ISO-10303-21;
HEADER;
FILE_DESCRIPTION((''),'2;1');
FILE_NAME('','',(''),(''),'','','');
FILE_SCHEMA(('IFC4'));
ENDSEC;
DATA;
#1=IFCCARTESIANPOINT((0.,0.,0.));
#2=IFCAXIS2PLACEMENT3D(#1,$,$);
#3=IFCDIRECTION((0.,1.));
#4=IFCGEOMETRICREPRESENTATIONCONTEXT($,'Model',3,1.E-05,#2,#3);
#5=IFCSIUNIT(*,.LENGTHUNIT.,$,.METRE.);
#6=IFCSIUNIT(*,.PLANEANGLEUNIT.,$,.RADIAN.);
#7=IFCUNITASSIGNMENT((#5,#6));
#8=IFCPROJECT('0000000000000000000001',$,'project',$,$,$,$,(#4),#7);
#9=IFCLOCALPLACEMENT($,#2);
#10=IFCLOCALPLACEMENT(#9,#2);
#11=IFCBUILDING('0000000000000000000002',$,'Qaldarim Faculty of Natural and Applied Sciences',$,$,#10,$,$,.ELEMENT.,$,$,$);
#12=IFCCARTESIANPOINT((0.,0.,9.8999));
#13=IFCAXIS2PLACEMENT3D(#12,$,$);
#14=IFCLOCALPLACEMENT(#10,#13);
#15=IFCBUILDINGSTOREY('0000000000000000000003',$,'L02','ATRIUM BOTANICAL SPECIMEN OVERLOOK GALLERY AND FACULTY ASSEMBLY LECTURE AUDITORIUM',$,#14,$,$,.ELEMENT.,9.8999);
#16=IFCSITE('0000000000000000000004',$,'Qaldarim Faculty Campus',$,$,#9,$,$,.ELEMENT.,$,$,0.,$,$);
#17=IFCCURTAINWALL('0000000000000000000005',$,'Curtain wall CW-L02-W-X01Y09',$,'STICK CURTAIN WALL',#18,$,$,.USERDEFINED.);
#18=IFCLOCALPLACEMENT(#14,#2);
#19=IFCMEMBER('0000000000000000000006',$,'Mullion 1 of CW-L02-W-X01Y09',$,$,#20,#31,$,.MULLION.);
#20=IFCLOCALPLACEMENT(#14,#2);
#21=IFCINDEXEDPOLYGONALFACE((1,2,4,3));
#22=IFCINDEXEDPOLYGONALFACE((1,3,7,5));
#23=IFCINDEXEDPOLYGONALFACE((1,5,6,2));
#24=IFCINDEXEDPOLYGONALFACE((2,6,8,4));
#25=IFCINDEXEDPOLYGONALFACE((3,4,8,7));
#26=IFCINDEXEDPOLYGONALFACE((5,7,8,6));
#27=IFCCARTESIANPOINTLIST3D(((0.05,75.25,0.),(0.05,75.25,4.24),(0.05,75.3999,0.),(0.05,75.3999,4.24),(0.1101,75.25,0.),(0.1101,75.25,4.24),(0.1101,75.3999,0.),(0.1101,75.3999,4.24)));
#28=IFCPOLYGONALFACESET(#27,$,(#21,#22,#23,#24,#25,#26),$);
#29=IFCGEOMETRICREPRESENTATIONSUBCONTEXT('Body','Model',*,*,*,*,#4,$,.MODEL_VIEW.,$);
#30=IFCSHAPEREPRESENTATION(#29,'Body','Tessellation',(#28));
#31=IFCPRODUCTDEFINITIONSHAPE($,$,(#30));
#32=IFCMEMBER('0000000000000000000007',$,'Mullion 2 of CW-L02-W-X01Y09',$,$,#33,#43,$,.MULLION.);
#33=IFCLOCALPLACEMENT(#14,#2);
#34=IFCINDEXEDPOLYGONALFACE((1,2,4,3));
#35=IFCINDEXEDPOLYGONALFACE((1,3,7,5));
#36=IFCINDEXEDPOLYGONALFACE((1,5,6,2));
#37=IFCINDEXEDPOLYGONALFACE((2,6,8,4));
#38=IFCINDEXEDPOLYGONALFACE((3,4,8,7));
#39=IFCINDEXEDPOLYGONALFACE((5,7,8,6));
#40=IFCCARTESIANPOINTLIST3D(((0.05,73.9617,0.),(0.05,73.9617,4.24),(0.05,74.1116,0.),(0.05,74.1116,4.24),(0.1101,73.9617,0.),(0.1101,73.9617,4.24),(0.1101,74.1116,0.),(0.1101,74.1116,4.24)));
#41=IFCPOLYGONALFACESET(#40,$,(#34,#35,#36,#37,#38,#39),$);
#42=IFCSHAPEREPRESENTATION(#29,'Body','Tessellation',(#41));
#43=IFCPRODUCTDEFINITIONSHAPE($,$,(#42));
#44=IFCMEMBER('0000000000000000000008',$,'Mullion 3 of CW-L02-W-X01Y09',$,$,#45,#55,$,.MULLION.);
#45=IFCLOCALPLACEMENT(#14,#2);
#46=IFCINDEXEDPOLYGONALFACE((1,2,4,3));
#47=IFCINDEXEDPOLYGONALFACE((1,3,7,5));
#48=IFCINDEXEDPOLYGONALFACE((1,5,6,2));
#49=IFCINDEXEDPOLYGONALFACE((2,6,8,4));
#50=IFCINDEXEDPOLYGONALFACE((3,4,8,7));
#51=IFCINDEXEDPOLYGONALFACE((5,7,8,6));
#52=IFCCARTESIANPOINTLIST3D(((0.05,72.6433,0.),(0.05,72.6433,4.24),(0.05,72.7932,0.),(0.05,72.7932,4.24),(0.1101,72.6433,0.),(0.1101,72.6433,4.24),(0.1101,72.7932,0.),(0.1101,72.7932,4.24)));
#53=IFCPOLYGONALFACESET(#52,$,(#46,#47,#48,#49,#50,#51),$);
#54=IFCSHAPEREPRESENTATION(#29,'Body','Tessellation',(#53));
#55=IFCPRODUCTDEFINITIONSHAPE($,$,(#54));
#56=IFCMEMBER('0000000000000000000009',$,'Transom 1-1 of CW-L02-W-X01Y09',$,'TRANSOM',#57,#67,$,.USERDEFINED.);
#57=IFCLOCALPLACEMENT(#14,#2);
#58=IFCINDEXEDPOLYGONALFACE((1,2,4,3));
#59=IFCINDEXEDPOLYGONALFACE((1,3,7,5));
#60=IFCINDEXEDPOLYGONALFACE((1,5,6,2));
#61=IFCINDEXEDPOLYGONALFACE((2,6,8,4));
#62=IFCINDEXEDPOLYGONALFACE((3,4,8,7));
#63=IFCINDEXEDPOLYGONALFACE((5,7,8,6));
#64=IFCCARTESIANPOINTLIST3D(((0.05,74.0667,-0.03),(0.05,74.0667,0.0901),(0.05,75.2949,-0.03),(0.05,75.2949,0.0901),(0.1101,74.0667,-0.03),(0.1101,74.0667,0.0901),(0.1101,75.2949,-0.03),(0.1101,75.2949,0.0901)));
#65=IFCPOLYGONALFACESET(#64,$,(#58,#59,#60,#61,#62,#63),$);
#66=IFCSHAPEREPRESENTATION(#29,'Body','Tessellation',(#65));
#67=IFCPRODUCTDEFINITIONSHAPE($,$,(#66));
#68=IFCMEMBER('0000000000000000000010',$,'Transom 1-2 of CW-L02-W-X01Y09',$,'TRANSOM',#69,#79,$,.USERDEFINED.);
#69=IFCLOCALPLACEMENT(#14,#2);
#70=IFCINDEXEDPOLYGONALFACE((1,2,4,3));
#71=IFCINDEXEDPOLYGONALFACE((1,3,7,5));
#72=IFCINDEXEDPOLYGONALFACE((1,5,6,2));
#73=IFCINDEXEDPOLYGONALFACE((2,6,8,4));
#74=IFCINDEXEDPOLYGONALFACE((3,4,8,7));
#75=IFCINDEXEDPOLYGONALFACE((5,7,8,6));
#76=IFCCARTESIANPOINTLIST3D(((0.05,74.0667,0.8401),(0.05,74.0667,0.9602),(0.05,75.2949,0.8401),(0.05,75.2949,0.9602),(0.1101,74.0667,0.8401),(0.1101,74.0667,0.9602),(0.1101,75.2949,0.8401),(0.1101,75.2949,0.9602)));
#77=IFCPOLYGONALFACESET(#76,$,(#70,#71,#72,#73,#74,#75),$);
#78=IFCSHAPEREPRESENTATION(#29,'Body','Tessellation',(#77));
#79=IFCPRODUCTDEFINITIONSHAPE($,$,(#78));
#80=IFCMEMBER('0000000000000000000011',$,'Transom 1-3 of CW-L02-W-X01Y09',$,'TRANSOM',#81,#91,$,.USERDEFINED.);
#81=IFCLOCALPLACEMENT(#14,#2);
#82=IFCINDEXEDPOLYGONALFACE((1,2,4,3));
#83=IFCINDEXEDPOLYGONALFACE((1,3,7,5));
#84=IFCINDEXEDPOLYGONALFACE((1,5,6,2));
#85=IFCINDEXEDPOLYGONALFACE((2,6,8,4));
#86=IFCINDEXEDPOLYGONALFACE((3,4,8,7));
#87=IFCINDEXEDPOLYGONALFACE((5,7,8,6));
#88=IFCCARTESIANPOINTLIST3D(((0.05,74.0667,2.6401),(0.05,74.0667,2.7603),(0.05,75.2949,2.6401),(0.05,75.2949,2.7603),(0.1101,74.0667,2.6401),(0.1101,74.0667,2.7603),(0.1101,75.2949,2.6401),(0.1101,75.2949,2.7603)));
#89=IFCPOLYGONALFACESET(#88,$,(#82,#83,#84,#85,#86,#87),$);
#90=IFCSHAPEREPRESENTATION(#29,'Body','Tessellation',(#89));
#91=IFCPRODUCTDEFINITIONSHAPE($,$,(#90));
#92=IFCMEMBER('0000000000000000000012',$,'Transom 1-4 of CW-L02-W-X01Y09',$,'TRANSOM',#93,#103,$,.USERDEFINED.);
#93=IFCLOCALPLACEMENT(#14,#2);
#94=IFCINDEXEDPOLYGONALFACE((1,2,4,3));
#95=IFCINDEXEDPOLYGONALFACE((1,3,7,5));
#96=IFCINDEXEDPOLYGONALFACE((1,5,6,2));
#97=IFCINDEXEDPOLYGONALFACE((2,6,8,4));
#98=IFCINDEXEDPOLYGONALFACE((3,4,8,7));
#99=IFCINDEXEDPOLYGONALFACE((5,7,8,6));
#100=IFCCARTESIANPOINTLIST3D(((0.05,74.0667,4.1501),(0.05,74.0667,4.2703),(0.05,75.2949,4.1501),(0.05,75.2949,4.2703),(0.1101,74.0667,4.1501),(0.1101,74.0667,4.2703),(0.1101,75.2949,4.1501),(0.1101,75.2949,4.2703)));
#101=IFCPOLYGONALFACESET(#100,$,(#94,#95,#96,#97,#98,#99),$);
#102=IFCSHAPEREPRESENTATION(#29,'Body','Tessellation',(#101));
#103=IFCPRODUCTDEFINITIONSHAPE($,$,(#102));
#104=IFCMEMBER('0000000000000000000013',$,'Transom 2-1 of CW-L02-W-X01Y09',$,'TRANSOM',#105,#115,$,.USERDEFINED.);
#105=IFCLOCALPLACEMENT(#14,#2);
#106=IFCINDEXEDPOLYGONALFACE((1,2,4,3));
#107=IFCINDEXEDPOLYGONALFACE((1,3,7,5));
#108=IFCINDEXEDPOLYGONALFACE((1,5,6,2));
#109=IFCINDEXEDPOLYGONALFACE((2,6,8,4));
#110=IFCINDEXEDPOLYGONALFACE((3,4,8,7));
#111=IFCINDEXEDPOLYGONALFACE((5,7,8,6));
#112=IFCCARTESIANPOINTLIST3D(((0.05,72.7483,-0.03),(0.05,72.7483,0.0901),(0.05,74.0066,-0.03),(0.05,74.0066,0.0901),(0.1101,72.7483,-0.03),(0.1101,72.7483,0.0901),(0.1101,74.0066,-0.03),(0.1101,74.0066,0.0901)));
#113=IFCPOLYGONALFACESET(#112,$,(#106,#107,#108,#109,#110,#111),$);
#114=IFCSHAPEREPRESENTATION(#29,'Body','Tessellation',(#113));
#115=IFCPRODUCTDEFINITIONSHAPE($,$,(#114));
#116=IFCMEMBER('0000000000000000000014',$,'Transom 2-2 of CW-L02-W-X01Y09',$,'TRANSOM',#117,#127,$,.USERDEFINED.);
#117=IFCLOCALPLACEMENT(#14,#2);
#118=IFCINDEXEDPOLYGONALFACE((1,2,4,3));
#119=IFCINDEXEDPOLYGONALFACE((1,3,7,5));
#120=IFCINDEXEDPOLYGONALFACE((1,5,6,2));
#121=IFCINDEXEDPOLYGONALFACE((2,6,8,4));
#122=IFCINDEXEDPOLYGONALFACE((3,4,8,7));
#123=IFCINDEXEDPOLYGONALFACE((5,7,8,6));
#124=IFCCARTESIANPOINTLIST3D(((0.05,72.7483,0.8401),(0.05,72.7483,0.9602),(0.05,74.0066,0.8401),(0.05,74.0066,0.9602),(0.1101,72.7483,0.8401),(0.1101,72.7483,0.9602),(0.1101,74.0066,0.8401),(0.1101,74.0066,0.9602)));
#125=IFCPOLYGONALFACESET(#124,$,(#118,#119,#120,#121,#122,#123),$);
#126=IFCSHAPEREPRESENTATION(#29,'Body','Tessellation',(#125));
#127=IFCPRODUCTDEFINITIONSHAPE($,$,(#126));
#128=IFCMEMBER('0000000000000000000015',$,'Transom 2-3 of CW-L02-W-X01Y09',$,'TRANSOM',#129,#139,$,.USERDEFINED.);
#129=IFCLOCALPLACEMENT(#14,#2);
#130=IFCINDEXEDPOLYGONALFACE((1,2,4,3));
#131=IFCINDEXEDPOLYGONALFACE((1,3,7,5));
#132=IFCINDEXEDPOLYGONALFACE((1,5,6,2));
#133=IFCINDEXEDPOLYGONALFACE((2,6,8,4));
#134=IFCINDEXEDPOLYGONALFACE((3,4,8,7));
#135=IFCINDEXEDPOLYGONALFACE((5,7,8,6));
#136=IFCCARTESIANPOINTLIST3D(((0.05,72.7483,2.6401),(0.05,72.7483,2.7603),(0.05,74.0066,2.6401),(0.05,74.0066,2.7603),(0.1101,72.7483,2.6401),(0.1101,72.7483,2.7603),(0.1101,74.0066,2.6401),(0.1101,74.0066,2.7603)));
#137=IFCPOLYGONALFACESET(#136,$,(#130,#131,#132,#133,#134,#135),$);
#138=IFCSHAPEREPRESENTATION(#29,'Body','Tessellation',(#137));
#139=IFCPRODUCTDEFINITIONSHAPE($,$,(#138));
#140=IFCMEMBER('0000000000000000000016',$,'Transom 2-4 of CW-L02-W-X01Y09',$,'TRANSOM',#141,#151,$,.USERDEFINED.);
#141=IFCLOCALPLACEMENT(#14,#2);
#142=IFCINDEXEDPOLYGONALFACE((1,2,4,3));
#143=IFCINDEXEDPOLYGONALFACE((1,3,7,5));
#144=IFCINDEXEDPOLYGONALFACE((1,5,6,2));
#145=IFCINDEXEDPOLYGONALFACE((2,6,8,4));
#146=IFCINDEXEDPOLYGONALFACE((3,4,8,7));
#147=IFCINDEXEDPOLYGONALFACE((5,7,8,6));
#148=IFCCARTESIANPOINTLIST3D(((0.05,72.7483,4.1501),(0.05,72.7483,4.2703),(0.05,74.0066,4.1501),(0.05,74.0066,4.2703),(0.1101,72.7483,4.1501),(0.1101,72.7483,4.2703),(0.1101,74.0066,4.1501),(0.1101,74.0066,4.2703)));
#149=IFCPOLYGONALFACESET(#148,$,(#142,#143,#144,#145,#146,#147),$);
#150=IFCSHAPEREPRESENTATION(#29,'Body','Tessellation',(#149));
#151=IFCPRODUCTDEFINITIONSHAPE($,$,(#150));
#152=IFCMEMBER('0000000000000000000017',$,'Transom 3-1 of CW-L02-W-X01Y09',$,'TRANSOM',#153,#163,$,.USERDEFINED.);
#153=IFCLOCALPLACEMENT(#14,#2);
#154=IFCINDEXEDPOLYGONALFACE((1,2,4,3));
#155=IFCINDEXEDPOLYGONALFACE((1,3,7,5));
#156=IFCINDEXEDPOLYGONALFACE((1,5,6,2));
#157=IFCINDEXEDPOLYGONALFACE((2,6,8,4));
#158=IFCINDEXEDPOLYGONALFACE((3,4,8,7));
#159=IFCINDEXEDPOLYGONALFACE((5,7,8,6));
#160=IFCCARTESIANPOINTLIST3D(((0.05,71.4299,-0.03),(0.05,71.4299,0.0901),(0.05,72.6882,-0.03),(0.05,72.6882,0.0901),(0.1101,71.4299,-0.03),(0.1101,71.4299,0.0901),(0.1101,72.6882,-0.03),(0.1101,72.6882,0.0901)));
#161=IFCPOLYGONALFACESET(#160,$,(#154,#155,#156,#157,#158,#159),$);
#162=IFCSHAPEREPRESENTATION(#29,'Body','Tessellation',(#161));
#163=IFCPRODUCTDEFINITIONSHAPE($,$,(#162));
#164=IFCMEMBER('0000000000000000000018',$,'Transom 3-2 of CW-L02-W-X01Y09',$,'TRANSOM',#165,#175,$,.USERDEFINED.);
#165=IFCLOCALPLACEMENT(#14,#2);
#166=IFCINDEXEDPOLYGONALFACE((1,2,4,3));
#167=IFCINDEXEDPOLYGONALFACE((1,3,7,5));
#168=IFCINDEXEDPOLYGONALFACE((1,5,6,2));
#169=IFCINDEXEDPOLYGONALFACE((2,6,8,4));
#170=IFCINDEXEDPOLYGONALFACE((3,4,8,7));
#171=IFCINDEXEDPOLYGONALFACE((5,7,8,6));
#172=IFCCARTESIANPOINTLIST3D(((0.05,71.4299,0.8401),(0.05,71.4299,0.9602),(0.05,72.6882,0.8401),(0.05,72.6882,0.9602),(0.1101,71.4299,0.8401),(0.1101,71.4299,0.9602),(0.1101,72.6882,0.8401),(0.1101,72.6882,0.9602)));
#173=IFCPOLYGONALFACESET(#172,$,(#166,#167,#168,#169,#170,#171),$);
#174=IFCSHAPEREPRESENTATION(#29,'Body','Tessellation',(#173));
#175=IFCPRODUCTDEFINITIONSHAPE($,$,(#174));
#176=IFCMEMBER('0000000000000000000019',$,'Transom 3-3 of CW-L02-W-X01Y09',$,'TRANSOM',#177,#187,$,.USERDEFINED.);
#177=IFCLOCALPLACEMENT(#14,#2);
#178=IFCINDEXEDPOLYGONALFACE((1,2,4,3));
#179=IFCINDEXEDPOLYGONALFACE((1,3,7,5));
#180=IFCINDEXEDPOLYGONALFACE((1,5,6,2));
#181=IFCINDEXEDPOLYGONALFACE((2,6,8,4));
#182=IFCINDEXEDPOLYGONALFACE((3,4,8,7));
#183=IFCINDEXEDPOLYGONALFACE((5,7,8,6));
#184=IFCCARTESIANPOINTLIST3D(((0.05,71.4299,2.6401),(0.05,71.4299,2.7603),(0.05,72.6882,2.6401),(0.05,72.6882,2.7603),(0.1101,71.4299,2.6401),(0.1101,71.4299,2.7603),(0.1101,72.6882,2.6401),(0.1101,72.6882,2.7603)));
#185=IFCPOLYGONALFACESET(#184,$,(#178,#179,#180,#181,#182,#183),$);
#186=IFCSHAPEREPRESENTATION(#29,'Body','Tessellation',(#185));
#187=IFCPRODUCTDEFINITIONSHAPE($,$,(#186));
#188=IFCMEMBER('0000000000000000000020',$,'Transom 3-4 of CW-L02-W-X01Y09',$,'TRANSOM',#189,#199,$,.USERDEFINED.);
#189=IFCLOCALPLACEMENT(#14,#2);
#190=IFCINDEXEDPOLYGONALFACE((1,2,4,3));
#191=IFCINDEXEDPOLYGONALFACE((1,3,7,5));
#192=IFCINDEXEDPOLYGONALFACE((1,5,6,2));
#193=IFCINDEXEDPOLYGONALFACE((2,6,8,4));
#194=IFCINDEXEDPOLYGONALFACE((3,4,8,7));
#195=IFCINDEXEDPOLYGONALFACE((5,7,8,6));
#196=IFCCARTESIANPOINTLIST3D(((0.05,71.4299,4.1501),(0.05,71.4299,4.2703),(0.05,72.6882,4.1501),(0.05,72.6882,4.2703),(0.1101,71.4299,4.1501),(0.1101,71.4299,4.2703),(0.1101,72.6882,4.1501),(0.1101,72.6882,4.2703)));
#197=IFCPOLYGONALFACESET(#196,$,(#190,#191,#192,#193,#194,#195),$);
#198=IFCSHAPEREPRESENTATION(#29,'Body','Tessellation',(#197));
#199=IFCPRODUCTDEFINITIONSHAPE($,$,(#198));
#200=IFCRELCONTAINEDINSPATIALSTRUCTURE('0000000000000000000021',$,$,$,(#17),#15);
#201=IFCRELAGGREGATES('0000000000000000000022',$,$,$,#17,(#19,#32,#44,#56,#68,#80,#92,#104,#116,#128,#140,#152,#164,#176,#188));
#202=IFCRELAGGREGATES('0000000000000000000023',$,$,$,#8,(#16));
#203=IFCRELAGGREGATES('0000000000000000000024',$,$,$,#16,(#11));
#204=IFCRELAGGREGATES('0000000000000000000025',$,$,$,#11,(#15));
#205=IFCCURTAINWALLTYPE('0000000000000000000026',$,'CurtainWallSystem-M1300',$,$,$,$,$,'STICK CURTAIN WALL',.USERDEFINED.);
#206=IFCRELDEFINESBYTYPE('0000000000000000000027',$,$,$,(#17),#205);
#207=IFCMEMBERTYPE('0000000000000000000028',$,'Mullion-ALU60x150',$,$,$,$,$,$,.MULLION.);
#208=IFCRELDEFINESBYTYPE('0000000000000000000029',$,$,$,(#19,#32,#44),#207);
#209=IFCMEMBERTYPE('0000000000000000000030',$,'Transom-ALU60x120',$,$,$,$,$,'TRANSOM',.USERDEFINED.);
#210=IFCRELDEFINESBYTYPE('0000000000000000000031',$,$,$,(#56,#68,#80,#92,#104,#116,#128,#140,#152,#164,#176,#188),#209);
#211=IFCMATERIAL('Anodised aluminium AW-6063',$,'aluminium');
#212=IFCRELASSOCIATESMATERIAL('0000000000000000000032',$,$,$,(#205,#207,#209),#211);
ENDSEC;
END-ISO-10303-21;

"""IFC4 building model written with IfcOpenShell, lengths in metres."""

from ifc_helpers import new_model, si_unit, direction, frame, origin, origin_2d, place, context, subcontext, project, spatial, rectangle, extrude, material, material_profile, profile_set, type_object, element, aggregate, save


model = new_model("IFC4")

# Units and contexts
model_context = context("Model", 3, precision=1e-05, world=origin(), true_north=direction((0.0, 1.0)))
body_context = subcontext(model_context, "Body", "Model", "MODEL_VIEW")
ifc_project = project(units=[si_unit("LENGTHUNIT", "METRE"), si_unit("PLANEANGLEUNIT", "RADIAN")], contexts=[model_context])

# Site, building, storey
site_placement = place(None, origin())
site = spatial("IfcSite", under=ifc_project, at=site_placement, Name="Qaldarim Faculty Campus", CompositionType="ELEMENT", RefElevation=0.0)
building_placement = place(site_placement, origin())
building = spatial("IfcBuilding", under=site, at=building_placement, Name="Qaldarim Faculty of Natural and Applied Sciences", CompositionType="ELEMENT")
storey_placement = place(building_placement, frame((0.0, 0.0, 9.8999)))
storey = spatial("IfcBuildingStorey", under=building, at=storey_placement, Name="L02", Description="ATRIUM BOTANICAL SPECIMEN OVERLOOK GALLERY AND FACULTY ASSEMBLY LECTURE AUDITORIUM", CompositionType="ELEMENT", Elevation=9.8999)

# Curtain wall, members
ifc_material_1 = material(Name="Anodised aluminium AW-6063", Category="aluminium")
curtain_wall_type = type_object("IfcCurtainWallType", Name="CurtainWallSystem-M1300", ElementType="STICK CURTAIN WALL", PredefinedType="USERDEFINED", material=ifc_material_1)
curtain_wall_placement = place(storey_placement, origin())
curtain_wall = element("IfcCurtainWall", 1, at=curtain_wall_placement, inside=storey, type_object=curtain_wall_type, Name="Curtain wall CW-L02-W-X01Y09", ObjectType="STICK CURTAIN WALL", PredefinedType="USERDEFINED")
ifc_material_profile_1 = material_profile(ifc_material_1, rectangle(XDim=0.0601, YDim=0.1499, at=origin_2d()), Name="ALU-M60x150")
ifc_profile_set_1 = profile_set([ifc_material_profile_1], Name="Anodised aluminium AW-6063")
member_type_1 = type_object("IfcMemberType", Name="Mullion-ALU60x150", PredefinedType="MULLION", material=ifc_profile_set_1)
member_1_placement = place(storey_placement, frame((0.0801, 75.325, 0.0), z_axis=(0.0, 0.0, 1.0), x_axis=(1.0, 0.0, 0.0)))
member_1 = element("IfcMember", 2, at=member_1_placement, type_object=member_type_1, Name="Mullion 1 of CW-L02-W-X01Y09", PredefinedType="MULLION", context=body_context, shape_type="SweptSolid", body=[
    extrude(rectangle(XDim=0.0601, YDim=0.1499, at=origin_2d()), origin(), (0.0, 0.0, 1.0), 4.24),
])
member_2_placement = place(storey_placement, frame((0.0801, 74.0366, 0.0), z_axis=(0.0, 0.0, 1.0), x_axis=(1.0, 0.0, 0.0)))
member_2 = element("IfcMember", 3, at=member_2_placement, type_object=member_type_1, Name="Mullion 2 of CW-L02-W-X01Y09", PredefinedType="MULLION", context=body_context, shape_type="SweptSolid", body=[
    extrude(rectangle(XDim=0.0601, YDim=0.1499, at=origin_2d()), origin(), (0.0, 0.0, 1.0), 4.24),
])
member_3_placement = place(storey_placement, frame((0.0801, 72.7183, 0.0), z_axis=(0.0, 0.0, 1.0), x_axis=(1.0, 0.0, 0.0)))
member_3 = element("IfcMember", 4, at=member_3_placement, type_object=member_type_1, Name="Mullion 3 of CW-L02-W-X01Y09", PredefinedType="MULLION", context=body_context, shape_type="SweptSolid", body=[
    extrude(rectangle(XDim=0.0601, YDim=0.1499, at=origin_2d()), origin(), (0.0, 0.0, 1.0), 4.24),
])
ifc_material_profile_2 = material_profile(ifc_material_1, rectangle(XDim=0.0601, YDim=0.1201, at=origin_2d()), Name="ALU-T60x120")
ifc_profile_set_2 = profile_set([ifc_material_profile_2], Name="Anodised aluminium AW-6063")
member_type_2 = type_object("IfcMemberType", Name="Transom-ALU60x120", ElementType="TRANSOM", PredefinedType="USERDEFINED", material=ifc_profile_set_2)
member_4_placement = place(storey_placement, frame((0.0801, 75.2949, 0.03), z_axis=(0.0, -1.0, 0.0), x_axis=(1.0, 0.0, 0.0)))
member_4 = element("IfcMember", 5, at=member_4_placement, type_object=member_type_2, Name="Transom 1-1 of CW-L02-W-X01Y09", ObjectType="TRANSOM", PredefinedType="USERDEFINED", context=body_context, shape_type="SweptSolid", body=[
    extrude(rectangle(XDim=0.0601, YDim=0.1201, at=origin_2d()), origin(), (0.0, 0.0, 1.0), 1.2283),
])
member_5_placement = place(storey_placement, frame((0.0801, 75.2949, 0.9001), z_axis=(0.0, -1.0, 0.0), x_axis=(1.0, 0.0, 0.0)))
member_5 = element("IfcMember", 6, at=member_5_placement, type_object=member_type_2, Name="Transom 1-2 of CW-L02-W-X01Y09", ObjectType="TRANSOM", PredefinedType="USERDEFINED", context=body_context, shape_type="SweptSolid", body=[
    extrude(rectangle(XDim=0.0601, YDim=0.1201, at=origin_2d()), origin(), (0.0, 0.0, 1.0), 1.2283),
])
member_6_placement = place(storey_placement, frame((0.0801, 75.2949, 2.7002), z_axis=(0.0, -1.0, 0.0), x_axis=(1.0, 0.0, 0.0)))
member_6 = element("IfcMember", 7, at=member_6_placement, type_object=member_type_2, Name="Transom 1-3 of CW-L02-W-X01Y09", ObjectType="TRANSOM", PredefinedType="USERDEFINED", context=body_context, shape_type="SweptSolid", body=[
    extrude(rectangle(XDim=0.0601, YDim=0.1201, at=origin_2d()), origin(), (0.0, 0.0, 1.0), 1.2283),
])
member_7_placement = place(storey_placement, frame((0.0801, 75.2949, 4.2102), z_axis=(0.0, -1.0, 0.0), x_axis=(1.0, 0.0, 0.0)))
member_7 = element("IfcMember", 8, at=member_7_placement, type_object=member_type_2, Name="Transom 1-4 of CW-L02-W-X01Y09", ObjectType="TRANSOM", PredefinedType="USERDEFINED", context=body_context, shape_type="SweptSolid", body=[
    extrude(rectangle(XDim=0.0601, YDim=0.1201, at=origin_2d()), origin(), (0.0, 0.0, 1.0), 1.2283),
])
member_8_placement = place(storey_placement, frame((0.0801, 74.0066, 0.03), z_axis=(0.0, -1.0, 0.0), x_axis=(1.0, 0.0, 0.0)))
member_8 = element("IfcMember", 9, at=member_8_placement, type_object=member_type_2, Name="Transom 2-1 of CW-L02-W-X01Y09", ObjectType="TRANSOM", PredefinedType="USERDEFINED", context=body_context, shape_type="SweptSolid", body=[
    extrude(rectangle(XDim=0.0601, YDim=0.1201, at=origin_2d()), origin(), (0.0, 0.0, 1.0), 1.2583),
])
member_9_placement = place(storey_placement, frame((0.0801, 74.0066, 0.9001), z_axis=(0.0, -1.0, 0.0), x_axis=(1.0, 0.0, 0.0)))
member_9 = element("IfcMember", 10, at=member_9_placement, type_object=member_type_2, Name="Transom 2-2 of CW-L02-W-X01Y09", ObjectType="TRANSOM", PredefinedType="USERDEFINED", context=body_context, shape_type="SweptSolid", body=[
    extrude(rectangle(XDim=0.0601, YDim=0.1201, at=origin_2d()), origin(), (0.0, 0.0, 1.0), 1.2583),
])
member_10_placement = place(storey_placement, frame((0.0801, 74.0066, 2.7002), z_axis=(0.0, -1.0, 0.0), x_axis=(1.0, 0.0, 0.0)))
member_10 = element("IfcMember", 11, at=member_10_placement, type_object=member_type_2, Name="Transom 2-3 of CW-L02-W-X01Y09", ObjectType="TRANSOM", PredefinedType="USERDEFINED", context=body_context, shape_type="SweptSolid", body=[
    extrude(rectangle(XDim=0.0601, YDim=0.1201, at=origin_2d()), origin(), (0.0, 0.0, 1.0), 1.2583),
])
member_11_placement = place(storey_placement, frame((0.0801, 74.0066, 4.2102), z_axis=(0.0, -1.0, 0.0), x_axis=(1.0, 0.0, 0.0)))
member_11 = element("IfcMember", 12, at=member_11_placement, type_object=member_type_2, Name="Transom 2-4 of CW-L02-W-X01Y09", ObjectType="TRANSOM", PredefinedType="USERDEFINED", context=body_context, shape_type="SweptSolid", body=[
    extrude(rectangle(XDim=0.0601, YDim=0.1201, at=origin_2d()), origin(), (0.0, 0.0, 1.0), 1.2583),
])
member_12_placement = place(storey_placement, frame((0.0801, 72.6882, 0.03), z_axis=(0.0, -1.0, 0.0), x_axis=(1.0, 0.0, 0.0)))
member_12 = element("IfcMember", 13, at=member_12_placement, type_object=member_type_2, Name="Transom 3-1 of CW-L02-W-X01Y09", ObjectType="TRANSOM", PredefinedType="USERDEFINED", context=body_context, shape_type="SweptSolid", body=[
    extrude(rectangle(XDim=0.0601, YDim=0.1201, at=origin_2d()), origin(), (0.0, 0.0, 1.0), 1.2583),
])
member_13_placement = place(storey_placement, frame((0.0801, 72.6882, 0.9001), z_axis=(0.0, -1.0, 0.0), x_axis=(1.0, 0.0, 0.0)))
member_13 = element("IfcMember", 14, at=member_13_placement, type_object=member_type_2, Name="Transom 3-2 of CW-L02-W-X01Y09", ObjectType="TRANSOM", PredefinedType="USERDEFINED", context=body_context, shape_type="SweptSolid", body=[
    extrude(rectangle(XDim=0.0601, YDim=0.1201, at=origin_2d()), origin(), (0.0, 0.0, 1.0), 1.2583),
])
member_14_placement = place(storey_placement, frame((0.0801, 72.6882, 2.7002), z_axis=(0.0, -1.0, 0.0), x_axis=(1.0, 0.0, 0.0)))
member_14 = element("IfcMember", 15, at=member_14_placement, type_object=member_type_2, Name="Transom 3-3 of CW-L02-W-X01Y09", ObjectType="TRANSOM", PredefinedType="USERDEFINED", context=body_context, shape_type="SweptSolid", body=[
    extrude(rectangle(XDim=0.0601, YDim=0.1201, at=origin_2d()), origin(), (0.0, 0.0, 1.0), 1.2583),
])
member_15_placement = place(storey_placement, frame((0.0801, 72.6882, 4.2102), z_axis=(0.0, -1.0, 0.0), x_axis=(1.0, 0.0, 0.0)))
member_15 = element("IfcMember", 16, at=member_15_placement, type_object=member_type_2, Name="Transom 3-4 of CW-L02-W-X01Y09", ObjectType="TRANSOM", PredefinedType="USERDEFINED", context=body_context, shape_type="SweptSolid", body=[
    extrude(rectangle(XDim=0.0601, YDim=0.1201, at=origin_2d()), origin(), (0.0, 0.0, 1.0), 1.2583),
])
aggregate(curtain_wall, [member_1, member_2, member_3, member_4, member_5, member_6, member_7, member_8, member_9, member_10, member_11, member_12, member_13, member_14, member_15])

save(model, "model.ifc")
